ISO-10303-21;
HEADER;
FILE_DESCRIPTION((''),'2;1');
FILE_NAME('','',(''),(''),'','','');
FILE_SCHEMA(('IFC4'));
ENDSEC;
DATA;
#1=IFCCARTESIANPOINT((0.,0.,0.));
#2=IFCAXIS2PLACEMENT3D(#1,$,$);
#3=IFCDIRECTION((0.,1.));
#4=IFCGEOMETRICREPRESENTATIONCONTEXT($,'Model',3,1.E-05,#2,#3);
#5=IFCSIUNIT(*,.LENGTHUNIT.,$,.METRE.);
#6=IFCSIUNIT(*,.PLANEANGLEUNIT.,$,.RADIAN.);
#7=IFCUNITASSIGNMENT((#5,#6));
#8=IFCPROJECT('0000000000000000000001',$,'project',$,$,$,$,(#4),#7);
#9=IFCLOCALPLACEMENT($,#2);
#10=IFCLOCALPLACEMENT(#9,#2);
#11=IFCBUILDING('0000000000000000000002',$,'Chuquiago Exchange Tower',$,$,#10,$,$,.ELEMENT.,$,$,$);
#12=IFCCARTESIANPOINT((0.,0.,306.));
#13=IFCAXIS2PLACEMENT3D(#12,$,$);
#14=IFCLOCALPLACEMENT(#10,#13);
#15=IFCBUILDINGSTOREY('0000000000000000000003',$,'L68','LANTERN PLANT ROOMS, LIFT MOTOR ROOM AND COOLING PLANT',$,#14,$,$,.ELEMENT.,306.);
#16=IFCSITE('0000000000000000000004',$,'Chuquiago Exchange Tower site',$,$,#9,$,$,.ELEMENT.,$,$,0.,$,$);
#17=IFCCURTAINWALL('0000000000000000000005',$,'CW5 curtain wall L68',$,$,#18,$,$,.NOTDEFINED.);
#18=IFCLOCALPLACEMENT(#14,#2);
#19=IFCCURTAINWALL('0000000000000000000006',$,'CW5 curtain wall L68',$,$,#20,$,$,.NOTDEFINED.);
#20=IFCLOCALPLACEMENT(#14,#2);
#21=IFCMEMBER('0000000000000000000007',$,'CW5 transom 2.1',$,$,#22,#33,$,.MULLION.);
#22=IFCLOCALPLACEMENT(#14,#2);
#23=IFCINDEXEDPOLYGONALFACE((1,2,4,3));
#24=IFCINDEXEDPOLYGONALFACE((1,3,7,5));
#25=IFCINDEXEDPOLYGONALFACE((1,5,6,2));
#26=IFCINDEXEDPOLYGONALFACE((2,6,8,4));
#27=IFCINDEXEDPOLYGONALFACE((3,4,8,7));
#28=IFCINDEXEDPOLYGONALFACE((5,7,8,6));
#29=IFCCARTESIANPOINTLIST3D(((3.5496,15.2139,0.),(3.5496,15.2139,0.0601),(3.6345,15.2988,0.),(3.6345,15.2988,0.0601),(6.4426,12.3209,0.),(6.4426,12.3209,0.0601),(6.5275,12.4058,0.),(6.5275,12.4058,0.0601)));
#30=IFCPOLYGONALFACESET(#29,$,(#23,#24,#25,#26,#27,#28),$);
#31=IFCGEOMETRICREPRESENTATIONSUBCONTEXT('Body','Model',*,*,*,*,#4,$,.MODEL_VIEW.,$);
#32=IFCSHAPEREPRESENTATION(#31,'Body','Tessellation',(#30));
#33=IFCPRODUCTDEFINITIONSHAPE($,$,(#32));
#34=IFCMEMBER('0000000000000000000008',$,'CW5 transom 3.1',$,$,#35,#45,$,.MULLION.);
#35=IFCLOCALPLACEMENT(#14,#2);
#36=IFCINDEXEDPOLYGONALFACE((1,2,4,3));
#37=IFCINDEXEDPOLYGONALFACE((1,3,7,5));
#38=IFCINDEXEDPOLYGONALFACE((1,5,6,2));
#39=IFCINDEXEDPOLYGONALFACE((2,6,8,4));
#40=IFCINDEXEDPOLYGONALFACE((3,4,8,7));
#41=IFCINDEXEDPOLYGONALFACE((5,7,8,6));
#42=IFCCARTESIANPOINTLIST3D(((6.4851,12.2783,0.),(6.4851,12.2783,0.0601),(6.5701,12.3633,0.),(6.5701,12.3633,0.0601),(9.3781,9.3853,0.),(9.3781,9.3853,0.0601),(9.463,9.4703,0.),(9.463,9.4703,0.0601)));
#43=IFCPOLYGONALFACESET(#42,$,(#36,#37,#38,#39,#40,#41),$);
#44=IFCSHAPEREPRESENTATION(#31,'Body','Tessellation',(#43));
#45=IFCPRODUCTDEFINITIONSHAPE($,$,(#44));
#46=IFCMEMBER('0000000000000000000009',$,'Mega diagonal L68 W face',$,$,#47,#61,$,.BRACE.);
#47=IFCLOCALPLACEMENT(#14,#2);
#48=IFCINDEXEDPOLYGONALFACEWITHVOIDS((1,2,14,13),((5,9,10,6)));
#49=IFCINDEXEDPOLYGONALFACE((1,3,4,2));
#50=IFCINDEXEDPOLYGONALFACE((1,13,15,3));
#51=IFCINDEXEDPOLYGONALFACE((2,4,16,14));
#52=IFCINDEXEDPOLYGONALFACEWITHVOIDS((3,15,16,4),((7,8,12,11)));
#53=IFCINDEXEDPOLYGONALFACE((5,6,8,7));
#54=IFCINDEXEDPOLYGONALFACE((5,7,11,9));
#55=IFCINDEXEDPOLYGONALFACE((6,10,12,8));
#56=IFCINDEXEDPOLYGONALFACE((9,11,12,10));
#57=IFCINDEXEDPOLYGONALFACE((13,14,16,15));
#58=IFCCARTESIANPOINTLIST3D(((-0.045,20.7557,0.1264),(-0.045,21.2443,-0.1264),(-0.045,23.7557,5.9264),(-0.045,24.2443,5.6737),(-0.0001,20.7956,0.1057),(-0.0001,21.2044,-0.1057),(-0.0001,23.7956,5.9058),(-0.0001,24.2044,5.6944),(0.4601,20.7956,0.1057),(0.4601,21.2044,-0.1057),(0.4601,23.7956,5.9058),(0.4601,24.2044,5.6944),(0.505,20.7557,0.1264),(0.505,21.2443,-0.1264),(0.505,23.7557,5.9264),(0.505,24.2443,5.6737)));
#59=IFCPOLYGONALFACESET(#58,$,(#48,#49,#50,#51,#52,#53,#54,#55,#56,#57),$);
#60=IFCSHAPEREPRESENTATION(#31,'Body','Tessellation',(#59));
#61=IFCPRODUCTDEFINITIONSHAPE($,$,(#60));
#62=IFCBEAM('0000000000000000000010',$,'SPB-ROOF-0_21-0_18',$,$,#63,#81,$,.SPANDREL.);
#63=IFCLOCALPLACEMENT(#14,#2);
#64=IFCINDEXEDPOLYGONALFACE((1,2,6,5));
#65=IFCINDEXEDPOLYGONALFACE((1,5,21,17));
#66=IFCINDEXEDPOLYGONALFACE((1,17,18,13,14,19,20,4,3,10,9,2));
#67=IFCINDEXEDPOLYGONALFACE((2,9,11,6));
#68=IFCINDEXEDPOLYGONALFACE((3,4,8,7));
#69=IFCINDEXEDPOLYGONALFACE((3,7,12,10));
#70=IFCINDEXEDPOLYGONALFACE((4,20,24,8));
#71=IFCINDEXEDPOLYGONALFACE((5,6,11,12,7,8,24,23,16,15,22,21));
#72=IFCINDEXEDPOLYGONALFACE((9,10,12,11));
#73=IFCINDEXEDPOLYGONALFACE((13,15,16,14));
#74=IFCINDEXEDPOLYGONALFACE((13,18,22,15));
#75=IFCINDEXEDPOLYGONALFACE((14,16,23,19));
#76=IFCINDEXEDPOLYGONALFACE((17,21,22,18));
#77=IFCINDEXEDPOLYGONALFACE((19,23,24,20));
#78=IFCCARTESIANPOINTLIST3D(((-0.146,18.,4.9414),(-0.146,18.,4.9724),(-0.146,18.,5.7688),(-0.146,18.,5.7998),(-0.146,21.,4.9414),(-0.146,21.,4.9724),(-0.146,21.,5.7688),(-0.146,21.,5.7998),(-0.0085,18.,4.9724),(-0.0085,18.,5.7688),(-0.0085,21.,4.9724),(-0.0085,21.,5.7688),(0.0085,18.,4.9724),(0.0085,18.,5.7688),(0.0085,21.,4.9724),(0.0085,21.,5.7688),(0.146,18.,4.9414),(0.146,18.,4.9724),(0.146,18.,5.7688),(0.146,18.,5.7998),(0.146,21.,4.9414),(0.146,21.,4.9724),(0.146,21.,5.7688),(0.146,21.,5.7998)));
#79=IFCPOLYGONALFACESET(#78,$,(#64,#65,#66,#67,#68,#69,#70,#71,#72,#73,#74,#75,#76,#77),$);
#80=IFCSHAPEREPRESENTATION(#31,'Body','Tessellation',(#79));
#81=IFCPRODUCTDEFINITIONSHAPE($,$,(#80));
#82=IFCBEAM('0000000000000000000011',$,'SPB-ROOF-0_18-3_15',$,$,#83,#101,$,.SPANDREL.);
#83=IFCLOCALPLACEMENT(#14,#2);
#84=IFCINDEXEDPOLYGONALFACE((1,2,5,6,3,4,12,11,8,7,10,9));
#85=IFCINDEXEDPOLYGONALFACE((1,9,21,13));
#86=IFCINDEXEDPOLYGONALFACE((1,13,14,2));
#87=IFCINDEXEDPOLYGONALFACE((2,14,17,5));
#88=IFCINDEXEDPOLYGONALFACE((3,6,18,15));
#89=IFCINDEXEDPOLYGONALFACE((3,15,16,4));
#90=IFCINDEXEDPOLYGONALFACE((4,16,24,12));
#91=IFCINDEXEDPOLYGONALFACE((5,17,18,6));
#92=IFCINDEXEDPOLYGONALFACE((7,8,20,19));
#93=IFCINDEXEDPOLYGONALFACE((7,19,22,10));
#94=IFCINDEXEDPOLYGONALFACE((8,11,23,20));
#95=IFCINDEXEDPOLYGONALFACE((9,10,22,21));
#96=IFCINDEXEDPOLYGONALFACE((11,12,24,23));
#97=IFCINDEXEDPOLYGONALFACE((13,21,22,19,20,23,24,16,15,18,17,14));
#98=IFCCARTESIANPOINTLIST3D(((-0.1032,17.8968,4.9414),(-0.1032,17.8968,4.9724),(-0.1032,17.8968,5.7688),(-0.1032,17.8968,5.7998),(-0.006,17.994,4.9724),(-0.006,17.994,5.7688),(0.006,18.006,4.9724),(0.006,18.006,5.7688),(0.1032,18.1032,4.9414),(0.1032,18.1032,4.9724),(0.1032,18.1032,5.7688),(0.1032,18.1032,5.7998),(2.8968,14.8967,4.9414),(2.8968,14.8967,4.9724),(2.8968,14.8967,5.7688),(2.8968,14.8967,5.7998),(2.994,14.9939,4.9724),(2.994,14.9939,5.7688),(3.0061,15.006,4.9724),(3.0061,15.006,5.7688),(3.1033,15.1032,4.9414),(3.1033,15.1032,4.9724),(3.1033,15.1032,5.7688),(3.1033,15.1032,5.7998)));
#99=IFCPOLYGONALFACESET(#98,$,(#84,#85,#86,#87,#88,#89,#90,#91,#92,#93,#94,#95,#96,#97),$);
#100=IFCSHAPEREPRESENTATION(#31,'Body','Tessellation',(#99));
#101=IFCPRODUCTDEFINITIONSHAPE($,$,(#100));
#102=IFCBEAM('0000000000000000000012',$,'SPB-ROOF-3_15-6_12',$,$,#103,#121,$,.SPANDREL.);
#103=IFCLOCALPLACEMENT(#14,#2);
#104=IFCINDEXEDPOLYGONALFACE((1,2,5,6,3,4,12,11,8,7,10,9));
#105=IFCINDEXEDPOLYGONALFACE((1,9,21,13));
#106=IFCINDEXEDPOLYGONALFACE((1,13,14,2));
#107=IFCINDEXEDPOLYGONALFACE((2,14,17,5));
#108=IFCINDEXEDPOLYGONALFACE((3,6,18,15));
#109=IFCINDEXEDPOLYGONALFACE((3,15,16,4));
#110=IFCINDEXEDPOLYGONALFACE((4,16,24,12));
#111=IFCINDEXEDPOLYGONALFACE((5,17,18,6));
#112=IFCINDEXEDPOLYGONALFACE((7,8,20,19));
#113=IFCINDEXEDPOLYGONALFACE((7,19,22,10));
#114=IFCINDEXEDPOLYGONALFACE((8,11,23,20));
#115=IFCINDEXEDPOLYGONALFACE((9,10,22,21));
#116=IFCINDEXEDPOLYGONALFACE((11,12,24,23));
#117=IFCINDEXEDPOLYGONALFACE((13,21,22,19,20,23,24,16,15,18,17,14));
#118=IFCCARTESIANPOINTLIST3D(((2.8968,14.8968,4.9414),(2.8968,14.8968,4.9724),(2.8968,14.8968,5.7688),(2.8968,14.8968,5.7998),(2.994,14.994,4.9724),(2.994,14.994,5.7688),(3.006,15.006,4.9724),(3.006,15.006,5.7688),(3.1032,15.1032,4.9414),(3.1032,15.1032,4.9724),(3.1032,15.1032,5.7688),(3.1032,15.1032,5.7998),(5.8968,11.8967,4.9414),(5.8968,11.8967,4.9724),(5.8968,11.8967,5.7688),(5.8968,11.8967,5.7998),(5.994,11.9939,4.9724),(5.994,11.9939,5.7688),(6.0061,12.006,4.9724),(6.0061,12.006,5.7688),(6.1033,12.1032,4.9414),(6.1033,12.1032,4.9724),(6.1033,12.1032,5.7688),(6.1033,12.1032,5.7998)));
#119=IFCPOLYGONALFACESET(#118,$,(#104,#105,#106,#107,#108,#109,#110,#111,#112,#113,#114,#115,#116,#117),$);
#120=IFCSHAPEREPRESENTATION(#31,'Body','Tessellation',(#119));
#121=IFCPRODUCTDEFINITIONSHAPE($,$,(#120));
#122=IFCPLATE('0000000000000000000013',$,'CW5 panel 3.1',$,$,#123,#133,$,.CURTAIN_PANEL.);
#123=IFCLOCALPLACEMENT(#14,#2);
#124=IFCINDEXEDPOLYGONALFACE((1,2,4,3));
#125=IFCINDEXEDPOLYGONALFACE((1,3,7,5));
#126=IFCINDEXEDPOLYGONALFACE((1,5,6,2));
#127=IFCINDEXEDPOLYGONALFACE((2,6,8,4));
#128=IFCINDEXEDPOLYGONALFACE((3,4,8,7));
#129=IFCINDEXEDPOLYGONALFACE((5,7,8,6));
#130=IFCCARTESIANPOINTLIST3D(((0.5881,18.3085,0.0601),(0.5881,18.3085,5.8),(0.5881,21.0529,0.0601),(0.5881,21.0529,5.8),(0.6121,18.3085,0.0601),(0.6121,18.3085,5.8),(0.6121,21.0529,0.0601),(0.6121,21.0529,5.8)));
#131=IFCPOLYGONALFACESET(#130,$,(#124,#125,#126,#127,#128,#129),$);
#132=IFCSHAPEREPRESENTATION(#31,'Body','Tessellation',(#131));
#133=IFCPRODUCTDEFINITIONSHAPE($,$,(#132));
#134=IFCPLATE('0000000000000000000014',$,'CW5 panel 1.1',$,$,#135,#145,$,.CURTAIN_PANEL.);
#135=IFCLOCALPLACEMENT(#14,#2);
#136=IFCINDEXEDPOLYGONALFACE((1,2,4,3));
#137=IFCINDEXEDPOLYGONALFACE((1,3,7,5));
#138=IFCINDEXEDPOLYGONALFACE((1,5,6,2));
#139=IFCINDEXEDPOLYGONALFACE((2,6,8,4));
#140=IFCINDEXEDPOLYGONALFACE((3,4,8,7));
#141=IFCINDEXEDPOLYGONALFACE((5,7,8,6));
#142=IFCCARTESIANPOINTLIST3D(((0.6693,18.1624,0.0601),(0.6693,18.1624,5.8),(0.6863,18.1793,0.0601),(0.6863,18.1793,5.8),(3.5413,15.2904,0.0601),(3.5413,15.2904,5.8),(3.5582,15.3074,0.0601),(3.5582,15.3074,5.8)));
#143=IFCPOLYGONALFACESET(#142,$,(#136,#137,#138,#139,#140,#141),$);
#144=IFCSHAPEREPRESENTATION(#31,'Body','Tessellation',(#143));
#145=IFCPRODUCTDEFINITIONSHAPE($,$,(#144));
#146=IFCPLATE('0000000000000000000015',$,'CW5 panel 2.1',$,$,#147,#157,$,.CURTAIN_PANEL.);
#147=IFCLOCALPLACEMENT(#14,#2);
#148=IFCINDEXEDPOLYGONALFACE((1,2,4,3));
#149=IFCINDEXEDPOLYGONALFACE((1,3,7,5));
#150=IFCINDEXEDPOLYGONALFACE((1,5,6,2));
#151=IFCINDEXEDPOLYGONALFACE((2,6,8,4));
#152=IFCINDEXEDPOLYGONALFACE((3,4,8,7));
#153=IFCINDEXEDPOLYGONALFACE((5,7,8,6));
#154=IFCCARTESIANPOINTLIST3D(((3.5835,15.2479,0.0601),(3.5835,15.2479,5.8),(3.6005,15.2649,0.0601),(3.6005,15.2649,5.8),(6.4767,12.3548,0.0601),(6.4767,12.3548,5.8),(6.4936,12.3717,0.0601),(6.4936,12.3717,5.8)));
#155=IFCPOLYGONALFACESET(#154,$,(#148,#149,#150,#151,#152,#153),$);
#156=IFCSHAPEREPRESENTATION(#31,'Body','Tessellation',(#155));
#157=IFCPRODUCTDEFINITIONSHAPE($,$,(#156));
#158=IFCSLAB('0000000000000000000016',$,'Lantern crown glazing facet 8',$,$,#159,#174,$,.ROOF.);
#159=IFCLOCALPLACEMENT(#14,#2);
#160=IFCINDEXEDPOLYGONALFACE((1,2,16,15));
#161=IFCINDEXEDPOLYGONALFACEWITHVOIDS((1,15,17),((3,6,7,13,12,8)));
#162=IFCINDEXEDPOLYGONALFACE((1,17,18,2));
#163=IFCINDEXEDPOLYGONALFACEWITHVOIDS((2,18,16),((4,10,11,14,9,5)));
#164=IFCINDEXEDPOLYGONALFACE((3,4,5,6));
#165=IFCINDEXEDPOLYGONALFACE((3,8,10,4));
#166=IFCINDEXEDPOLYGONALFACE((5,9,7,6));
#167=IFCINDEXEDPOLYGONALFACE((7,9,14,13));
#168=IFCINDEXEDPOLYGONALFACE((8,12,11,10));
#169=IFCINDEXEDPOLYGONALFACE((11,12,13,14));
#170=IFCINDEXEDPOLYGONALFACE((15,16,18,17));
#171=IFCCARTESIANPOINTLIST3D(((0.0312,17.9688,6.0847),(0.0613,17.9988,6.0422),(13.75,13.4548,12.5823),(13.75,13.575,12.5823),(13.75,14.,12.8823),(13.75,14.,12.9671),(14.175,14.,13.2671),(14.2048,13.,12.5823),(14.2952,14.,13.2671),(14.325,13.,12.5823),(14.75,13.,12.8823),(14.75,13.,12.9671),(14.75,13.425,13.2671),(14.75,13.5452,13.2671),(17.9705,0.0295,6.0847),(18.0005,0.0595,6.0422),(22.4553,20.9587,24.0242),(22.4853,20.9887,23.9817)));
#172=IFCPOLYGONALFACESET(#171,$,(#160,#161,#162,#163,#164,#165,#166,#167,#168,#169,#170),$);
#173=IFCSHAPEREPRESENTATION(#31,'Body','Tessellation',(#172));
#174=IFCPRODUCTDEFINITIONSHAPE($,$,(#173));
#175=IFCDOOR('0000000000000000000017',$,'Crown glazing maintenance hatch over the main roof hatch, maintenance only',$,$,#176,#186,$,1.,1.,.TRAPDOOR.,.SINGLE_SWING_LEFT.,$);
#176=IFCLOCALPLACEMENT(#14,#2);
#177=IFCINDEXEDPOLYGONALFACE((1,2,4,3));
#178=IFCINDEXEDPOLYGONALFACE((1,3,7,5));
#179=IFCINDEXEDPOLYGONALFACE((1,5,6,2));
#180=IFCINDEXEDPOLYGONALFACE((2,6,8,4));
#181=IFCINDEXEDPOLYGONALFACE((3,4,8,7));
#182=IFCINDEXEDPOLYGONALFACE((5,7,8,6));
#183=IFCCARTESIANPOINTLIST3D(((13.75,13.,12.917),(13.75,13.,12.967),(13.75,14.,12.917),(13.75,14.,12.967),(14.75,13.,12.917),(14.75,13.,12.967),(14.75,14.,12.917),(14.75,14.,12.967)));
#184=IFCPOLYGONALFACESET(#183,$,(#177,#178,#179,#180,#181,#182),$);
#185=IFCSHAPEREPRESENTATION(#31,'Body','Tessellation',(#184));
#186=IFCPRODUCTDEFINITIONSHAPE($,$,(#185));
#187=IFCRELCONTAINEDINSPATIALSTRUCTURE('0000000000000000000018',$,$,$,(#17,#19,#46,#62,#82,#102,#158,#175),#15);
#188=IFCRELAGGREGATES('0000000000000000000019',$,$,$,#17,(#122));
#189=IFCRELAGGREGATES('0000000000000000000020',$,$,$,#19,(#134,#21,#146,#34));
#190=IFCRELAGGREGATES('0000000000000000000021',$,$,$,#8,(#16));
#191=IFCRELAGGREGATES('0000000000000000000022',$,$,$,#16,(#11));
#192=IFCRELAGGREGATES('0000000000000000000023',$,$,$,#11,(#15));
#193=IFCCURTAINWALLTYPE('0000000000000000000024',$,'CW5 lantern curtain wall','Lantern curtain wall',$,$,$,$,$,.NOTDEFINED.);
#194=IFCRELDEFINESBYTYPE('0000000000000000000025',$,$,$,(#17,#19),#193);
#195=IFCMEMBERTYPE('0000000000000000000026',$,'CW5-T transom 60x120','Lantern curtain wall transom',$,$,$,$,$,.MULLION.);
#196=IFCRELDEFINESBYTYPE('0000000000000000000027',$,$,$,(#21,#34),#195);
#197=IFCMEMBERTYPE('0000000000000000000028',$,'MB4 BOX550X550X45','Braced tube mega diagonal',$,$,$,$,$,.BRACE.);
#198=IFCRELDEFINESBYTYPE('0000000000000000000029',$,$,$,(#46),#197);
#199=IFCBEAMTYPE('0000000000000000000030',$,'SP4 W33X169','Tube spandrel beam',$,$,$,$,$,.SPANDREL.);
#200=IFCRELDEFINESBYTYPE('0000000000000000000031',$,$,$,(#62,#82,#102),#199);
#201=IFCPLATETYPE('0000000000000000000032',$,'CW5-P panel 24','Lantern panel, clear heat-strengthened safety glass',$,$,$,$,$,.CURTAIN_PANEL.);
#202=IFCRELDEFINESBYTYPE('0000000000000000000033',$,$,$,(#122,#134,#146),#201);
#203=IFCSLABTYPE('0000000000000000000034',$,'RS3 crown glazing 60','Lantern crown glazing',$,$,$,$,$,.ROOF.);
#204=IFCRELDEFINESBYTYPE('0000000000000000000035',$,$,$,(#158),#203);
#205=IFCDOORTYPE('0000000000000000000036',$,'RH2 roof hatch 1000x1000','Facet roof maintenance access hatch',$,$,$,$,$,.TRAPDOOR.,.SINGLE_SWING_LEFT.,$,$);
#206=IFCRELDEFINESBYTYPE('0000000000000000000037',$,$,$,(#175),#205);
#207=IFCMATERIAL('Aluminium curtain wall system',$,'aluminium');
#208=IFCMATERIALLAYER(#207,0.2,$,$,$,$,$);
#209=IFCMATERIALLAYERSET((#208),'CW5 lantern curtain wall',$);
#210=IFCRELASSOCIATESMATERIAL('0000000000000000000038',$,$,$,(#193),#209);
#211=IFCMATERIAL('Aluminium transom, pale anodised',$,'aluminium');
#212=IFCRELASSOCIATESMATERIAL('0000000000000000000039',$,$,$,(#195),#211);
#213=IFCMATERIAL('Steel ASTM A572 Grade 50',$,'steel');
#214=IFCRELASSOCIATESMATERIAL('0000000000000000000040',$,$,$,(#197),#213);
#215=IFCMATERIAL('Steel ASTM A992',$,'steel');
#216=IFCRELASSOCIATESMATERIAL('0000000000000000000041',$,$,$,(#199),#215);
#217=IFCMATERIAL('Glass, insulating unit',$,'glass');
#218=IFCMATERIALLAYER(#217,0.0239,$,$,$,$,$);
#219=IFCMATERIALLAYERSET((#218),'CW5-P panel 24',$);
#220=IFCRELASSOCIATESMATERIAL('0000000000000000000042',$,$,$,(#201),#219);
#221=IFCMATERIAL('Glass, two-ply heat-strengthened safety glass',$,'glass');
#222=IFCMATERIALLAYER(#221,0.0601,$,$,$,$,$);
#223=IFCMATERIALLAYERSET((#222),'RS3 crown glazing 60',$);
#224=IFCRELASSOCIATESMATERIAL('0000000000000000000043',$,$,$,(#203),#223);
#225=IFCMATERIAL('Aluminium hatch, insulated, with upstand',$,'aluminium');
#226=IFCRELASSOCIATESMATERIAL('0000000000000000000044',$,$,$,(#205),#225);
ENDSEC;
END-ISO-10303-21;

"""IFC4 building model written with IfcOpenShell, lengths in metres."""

from ifc_helpers import new_model, si_unit, direction, frame, origin, origin_2d, place, context, subcontext, project, spatial, polyline, rectangle, hollow_rectangle, i_section, outline, extrude, material, layer, layer_set, material_profile, profile_set, type_object, element, fill, aggregate, save


model = new_model("IFC4")

# Units and contexts
model_context = context("Model", 3, precision=1e-05, world=origin(), true_north=direction((0.0, 1.0)))
body_context = subcontext(model_context, "Body", "Model", "MODEL_VIEW")
ifc_project = project(units=[si_unit("LENGTHUNIT", "METRE"), si_unit("PLANEANGLEUNIT", "RADIAN")], contexts=[model_context])

# Site, building, storey
site_placement = place(None, origin())
site = spatial("IfcSite", under=ifc_project, at=site_placement, Name="Chuquiago Exchange Tower site", CompositionType="ELEMENT", RefElevation=0.0)
building_placement = place(site_placement, origin())
building = spatial("IfcBuilding", under=site, at=building_placement, Name="Chuquiago Exchange Tower", CompositionType="ELEMENT")
storey_placement = place(building_placement, frame((0.0, 0.0, 306.0)))
storey = spatial("IfcBuildingStorey", under=building, at=storey_placement, Name="L68", Description="LANTERN PLANT ROOMS, LIFT MOTOR ROOM AND COOLING PLANT", CompositionType="ELEMENT", Elevation=306.0)

# Curtain wall
ifc_material_1 = material(Name="Aluminium curtain wall system", Category="aluminium")
ifc_layer_1 = layer(ifc_material_1, 0.2)
ifc_layer_set_1 = layer_set([ifc_layer_1], Name="CW5 lantern curtain wall")
curtain_wall_type = type_object("IfcCurtainWallType", Name="CW5 lantern curtain wall", Description="Lantern curtain wall", PredefinedType="NOTDEFINED", material=ifc_layer_set_1)
curtain_wall_1_placement = place(storey_placement, origin())
curtain_wall_1 = element("IfcCurtainWall", 1, at=curtain_wall_1_placement, inside=storey, type_object=curtain_wall_type, Name="CW5 curtain wall L68", PredefinedType="NOTDEFINED")

# Curtain wall, members
curtain_wall_2_placement = place(storey_placement, origin())
curtain_wall_2 = element("IfcCurtainWall", 2, at=curtain_wall_2_placement, inside=storey, type_object=curtain_wall_type, Name="CW5 curtain wall L68", PredefinedType="NOTDEFINED")
ifc_material_2 = material(Name="Aluminium transom, pale anodised", Category="aluminium")
ifc_material_profile_1 = material_profile(ifc_material_2, rectangle(XDim=0.1201, YDim=0.0601, at=origin_2d()), Name="AL 120x60")
ifc_profile_set_1 = profile_set([ifc_material_profile_1], Name="Aluminium transom, pale anodised")
member_type_1 = type_object("IfcMemberType", Name="CW5-T transom 60x120", Description="Lantern curtain wall transom", PredefinedType="MULLION", material=ifc_profile_set_1)
member_1_placement = place(storey_placement, frame((3.592, 15.2563, 0.03), z_axis=(0.707107, -0.707107, 0.0), x_axis=(0.707107, 0.707107, 0.0)))
member_1 = element("IfcMember", 3, at=member_1_placement, type_object=member_type_1, Name="CW5 transom 2.1", PredefinedType="MULLION", context=body_context, shape_type="SweptSolid", body=[
    extrude(rectangle(XDim=0.1201, YDim=0.0601, at=origin_2d()), origin(), (0.0, 0.0, 1.0), 4.0913),
])
member_2_placement = place(storey_placement, frame((6.5276, 12.3208, 0.03), z_axis=(0.707107, -0.707107, 0.0), x_axis=(0.707107, 0.707107, 0.0)))
member_2 = element("IfcMember", 4, at=member_2_placement, type_object=member_type_1, Name="CW5 transom 3.1", PredefinedType="MULLION", context=body_context, shape_type="SweptSolid", body=[
    extrude(rectangle(XDim=0.1201, YDim=0.0601, at=origin_2d()), origin(), (0.0, 0.0, 1.0), 4.0913),
])

# Member
ifc_material_3 = material(Name="Steel ASTM A572 Grade 50", Category="steel")
ifc_material_profile_2 = material_profile(ifc_material_3, hollow_rectangle(XDim=0.55, YDim=0.55, WallThickness=0.0449, at=origin_2d()), Name="BOX550X550X45")
ifc_profile_set_2 = profile_set([ifc_material_profile_2], Name="Steel ASTM A572 Grade 50")
member_type_2 = type_object("IfcMemberType", Name="MB4 BOX550X550X45", Description="Braced tube mega diagonal", PredefinedType="BRACE", material=ifc_profile_set_2)
member_3_placement = place(storey_placement, frame((0.23, 21.0, 0.0), z_axis=(0.0, 0.45942, 0.888219), x_axis=(-1.0, 0.0, 0.0)))
element("IfcMember", 5, at=member_3_placement, inside=storey, type_object=member_type_2, Name="Mega diagonal L68 W face", PredefinedType="BRACE", context=body_context, shape_type="SweptSolid", body=[
    extrude(hollow_rectangle(XDim=0.55, YDim=0.55, WallThickness=0.0449, at=origin_2d()), origin(), (0.0, 0.0, 1.0), 6.53),
])

# Beams
ifc_material_4 = material(Name="Steel ASTM A992", Category="steel")
ifc_material_profile_3 = material_profile(ifc_material_4, i_section(OverallWidth=0.292, OverallDepth=0.8584, WebThickness=0.0171, FlangeThickness=0.031, at=origin_2d()), Name="W33X169")
ifc_profile_set_3 = profile_set([ifc_material_profile_3], Name="Steel ASTM A992")
beam_type_1 = type_object("IfcBeamType", Name="SP4 W33X169", Description="Tube spandrel beam", PredefinedType="SPANDREL", material=ifc_profile_set_3)
beam_1_placement = place(storey_placement, frame((0.0, 21.0, 5.3706), z_axis=(0.0, -1.0, 0.0), x_axis=(1.0, 0.0, 0.0)))
element("IfcBeam", 6, at=beam_1_placement, inside=storey, type_object=beam_type_1, Name="SPB-ROOF-0_21-0_18", PredefinedType="SPANDREL", context=body_context, shape_type="SweptSolid", body=[
    extrude(i_section(OverallWidth=0.292, OverallDepth=0.8584, WebThickness=0.0171, FlangeThickness=0.031, at=origin_2d()), origin(), (0.0, 0.0, 1.0), 3.0),
])
for number, where, z_axis, x_axis, name in (
    (7, (0.0, 18.0, 5.3706), (0.707107, -0.707107, 0.0), (0.707107, 0.707107, 0.0), "SPB-ROOF-0_18-3_15"),
    (8, (3.0, 15.0, 5.3706), (0.707107, -0.707107, 0.0), (0.707107, 0.707107, 0.0), "SPB-ROOF-3_15-6_12"),
):
    element("IfcBeam", number, at=place(storey_placement, frame(where, z_axis=z_axis, x_axis=x_axis)), inside=storey, type_object=beam_type_1, Name=name, PredefinedType="SPANDREL", context=body_context, shape_type="SweptSolid", body=[
        extrude(i_section(OverallWidth=0.292, OverallDepth=0.8584, WebThickness=0.0171, FlangeThickness=0.031, at=origin_2d()), origin(), (0.0, 0.0, 1.0), 4.2427),
    ])

# Plates
ifc_material_5 = material(Name="Glass, insulating unit", Category="glass")
ifc_layer_2 = layer(ifc_material_5, 0.0239)
ifc_layer_set_2 = layer_set([ifc_layer_2], Name="CW5-P panel 24")
plate_type = type_object("IfcPlateType", Name="CW5-P panel 24", Description="Lantern panel, clear heat-strengthened safety glass", PredefinedType="CURTAIN_PANEL", material=ifc_layer_set_2)
plate_1_placement = place(storey_placement, frame((0.6001, 19.6807, 0.0601), z_axis=(0.0, 0.0, 1.0), x_axis=(0.0, -1.0, 0.0)))
plate_1 = element("IfcPlate", 9, at=plate_1_placement, type_object=plate_type, Name="CW5 panel 3.1", PredefinedType="CURTAIN_PANEL", context=body_context, shape_type="SweptSolid", body=[
    extrude(rectangle(XDim=2.7444, YDim=0.0239, at=origin_2d()), origin(), (0.0, 0.0, 1.0), 5.74),
])
aggregate(curtain_wall_1, [plate_1])
plate_2_placement = place(storey_placement, frame((2.1138, 16.7349, 0.0601), z_axis=(0.0, 0.0, 1.0), x_axis=(0.707105, -0.707109, 0.0)))
plate_2 = element("IfcPlate", 10, at=plate_2_placement, type_object=plate_type, Name="CW5 panel 1.1", PredefinedType="CURTAIN_PANEL", context=body_context, shape_type="SweptSolid", body=[
    extrude(rectangle(XDim=4.0615, YDim=0.0239, at=origin_2d()), origin(), (0.0, 0.0, 1.0), 5.74),
])
plate_3_placement = place(storey_placement, frame((5.0386, 13.8098, 0.0601), z_axis=(0.0, 0.0, 1.0), x_axis=(0.707105, -0.707109, 0.0)))
plate_3 = element("IfcPlate", 11, at=plate_3_placement, type_object=plate_type, Name="CW5 panel 2.1", PredefinedType="CURTAIN_PANEL", context=body_context, shape_type="SweptSolid", body=[
    extrude(rectangle(XDim=4.0916, YDim=0.0239, at=origin_2d()), origin(), (0.0, 0.0, 1.0), 5.74),
])
aggregate(curtain_wall_2, [plate_2, member_1, plate_3, member_2])

# Slab, opening, door
ifc_material_6 = material(Name="Glass, two-ply heat-strengthened safety glass", Category="glass")
ifc_layer_3 = layer(ifc_material_6, 0.0601)
ifc_layer_set_3 = layer_set([ifc_layer_3], Name="RS3 crown glazing 60")
slab_type = type_object("IfcSlabType", Name="RS3 crown glazing 60", Description="Lantern crown glazing", PredefinedType="ROOF", material=ifc_layer_set_3)
slab_placement = place(storey_placement, frame((0.0312, 17.9688, 6.0847), z_axis=(-0.499568, -0.499568, 0.707717), x_axis=(0.707107, -0.707107, 0.0)))
slab = element("IfcSlab", 12, at=slab_placement, inside=storey, type_object=slab_type, Name="Lantern crown glazing facet 8", PredefinedType="ROOF", context=body_context, shape_type="SweptSolid", body=[
    extrude(outline(polyline([(0.0, 0.0), (25.3699, 0.0), (13.742, 25.3921), (0.0, 0.0)])), origin(), (0.0, 0.0, -1.0), 0.0601),
])
opening_1_placement = place(storey_placement, frame((14.25, 13.5, 12.5823)))
opening_1 = element("IfcOpeningElement", 13, at=opening_1_placement, cuts=slab, PredefinedType="OPENING", context=body_context, shape_type="SweptSolid", body=[
    extrude(rectangle(XDim=1.0, YDim=1.0, at=origin_2d()), origin(), (0.0, 0.0, 1.0), 0.6848),
])
ifc_material_7 = material(Name="Aluminium hatch, insulated, with upstand", Category="aluminium")
door_type_1 = type_object("IfcDoorType", Name="RH2 roof hatch 1000x1000", Description="Facet roof maintenance access hatch", OperationType="SINGLE_SWING_LEFT", PredefinedType="TRAPDOOR", material=ifc_material_7)
door_1_placement = place(opening_1_placement, frame((0.0, 0.0, 0.3347)))
door_1 = element("IfcDoor", 14, at=door_1_placement, inside=storey, type_object=door_type_1, Name="Crown glazing maintenance hatch over the main roof hatch, maintenance only", OperationType="SINGLE_SWING_LEFT", OverallHeight=1.0, OverallWidth=1.0, PredefinedType="TRAPDOOR", context=body_context, shape_type="SweptSolid", body=[
    extrude(rectangle(XDim=1.0, YDim=1.0, at=origin_2d()), origin(), (0.0, 0.0, 1.0), 0.05),
])
fill(opening_1, door_1)

save(model, "model.ifc")
